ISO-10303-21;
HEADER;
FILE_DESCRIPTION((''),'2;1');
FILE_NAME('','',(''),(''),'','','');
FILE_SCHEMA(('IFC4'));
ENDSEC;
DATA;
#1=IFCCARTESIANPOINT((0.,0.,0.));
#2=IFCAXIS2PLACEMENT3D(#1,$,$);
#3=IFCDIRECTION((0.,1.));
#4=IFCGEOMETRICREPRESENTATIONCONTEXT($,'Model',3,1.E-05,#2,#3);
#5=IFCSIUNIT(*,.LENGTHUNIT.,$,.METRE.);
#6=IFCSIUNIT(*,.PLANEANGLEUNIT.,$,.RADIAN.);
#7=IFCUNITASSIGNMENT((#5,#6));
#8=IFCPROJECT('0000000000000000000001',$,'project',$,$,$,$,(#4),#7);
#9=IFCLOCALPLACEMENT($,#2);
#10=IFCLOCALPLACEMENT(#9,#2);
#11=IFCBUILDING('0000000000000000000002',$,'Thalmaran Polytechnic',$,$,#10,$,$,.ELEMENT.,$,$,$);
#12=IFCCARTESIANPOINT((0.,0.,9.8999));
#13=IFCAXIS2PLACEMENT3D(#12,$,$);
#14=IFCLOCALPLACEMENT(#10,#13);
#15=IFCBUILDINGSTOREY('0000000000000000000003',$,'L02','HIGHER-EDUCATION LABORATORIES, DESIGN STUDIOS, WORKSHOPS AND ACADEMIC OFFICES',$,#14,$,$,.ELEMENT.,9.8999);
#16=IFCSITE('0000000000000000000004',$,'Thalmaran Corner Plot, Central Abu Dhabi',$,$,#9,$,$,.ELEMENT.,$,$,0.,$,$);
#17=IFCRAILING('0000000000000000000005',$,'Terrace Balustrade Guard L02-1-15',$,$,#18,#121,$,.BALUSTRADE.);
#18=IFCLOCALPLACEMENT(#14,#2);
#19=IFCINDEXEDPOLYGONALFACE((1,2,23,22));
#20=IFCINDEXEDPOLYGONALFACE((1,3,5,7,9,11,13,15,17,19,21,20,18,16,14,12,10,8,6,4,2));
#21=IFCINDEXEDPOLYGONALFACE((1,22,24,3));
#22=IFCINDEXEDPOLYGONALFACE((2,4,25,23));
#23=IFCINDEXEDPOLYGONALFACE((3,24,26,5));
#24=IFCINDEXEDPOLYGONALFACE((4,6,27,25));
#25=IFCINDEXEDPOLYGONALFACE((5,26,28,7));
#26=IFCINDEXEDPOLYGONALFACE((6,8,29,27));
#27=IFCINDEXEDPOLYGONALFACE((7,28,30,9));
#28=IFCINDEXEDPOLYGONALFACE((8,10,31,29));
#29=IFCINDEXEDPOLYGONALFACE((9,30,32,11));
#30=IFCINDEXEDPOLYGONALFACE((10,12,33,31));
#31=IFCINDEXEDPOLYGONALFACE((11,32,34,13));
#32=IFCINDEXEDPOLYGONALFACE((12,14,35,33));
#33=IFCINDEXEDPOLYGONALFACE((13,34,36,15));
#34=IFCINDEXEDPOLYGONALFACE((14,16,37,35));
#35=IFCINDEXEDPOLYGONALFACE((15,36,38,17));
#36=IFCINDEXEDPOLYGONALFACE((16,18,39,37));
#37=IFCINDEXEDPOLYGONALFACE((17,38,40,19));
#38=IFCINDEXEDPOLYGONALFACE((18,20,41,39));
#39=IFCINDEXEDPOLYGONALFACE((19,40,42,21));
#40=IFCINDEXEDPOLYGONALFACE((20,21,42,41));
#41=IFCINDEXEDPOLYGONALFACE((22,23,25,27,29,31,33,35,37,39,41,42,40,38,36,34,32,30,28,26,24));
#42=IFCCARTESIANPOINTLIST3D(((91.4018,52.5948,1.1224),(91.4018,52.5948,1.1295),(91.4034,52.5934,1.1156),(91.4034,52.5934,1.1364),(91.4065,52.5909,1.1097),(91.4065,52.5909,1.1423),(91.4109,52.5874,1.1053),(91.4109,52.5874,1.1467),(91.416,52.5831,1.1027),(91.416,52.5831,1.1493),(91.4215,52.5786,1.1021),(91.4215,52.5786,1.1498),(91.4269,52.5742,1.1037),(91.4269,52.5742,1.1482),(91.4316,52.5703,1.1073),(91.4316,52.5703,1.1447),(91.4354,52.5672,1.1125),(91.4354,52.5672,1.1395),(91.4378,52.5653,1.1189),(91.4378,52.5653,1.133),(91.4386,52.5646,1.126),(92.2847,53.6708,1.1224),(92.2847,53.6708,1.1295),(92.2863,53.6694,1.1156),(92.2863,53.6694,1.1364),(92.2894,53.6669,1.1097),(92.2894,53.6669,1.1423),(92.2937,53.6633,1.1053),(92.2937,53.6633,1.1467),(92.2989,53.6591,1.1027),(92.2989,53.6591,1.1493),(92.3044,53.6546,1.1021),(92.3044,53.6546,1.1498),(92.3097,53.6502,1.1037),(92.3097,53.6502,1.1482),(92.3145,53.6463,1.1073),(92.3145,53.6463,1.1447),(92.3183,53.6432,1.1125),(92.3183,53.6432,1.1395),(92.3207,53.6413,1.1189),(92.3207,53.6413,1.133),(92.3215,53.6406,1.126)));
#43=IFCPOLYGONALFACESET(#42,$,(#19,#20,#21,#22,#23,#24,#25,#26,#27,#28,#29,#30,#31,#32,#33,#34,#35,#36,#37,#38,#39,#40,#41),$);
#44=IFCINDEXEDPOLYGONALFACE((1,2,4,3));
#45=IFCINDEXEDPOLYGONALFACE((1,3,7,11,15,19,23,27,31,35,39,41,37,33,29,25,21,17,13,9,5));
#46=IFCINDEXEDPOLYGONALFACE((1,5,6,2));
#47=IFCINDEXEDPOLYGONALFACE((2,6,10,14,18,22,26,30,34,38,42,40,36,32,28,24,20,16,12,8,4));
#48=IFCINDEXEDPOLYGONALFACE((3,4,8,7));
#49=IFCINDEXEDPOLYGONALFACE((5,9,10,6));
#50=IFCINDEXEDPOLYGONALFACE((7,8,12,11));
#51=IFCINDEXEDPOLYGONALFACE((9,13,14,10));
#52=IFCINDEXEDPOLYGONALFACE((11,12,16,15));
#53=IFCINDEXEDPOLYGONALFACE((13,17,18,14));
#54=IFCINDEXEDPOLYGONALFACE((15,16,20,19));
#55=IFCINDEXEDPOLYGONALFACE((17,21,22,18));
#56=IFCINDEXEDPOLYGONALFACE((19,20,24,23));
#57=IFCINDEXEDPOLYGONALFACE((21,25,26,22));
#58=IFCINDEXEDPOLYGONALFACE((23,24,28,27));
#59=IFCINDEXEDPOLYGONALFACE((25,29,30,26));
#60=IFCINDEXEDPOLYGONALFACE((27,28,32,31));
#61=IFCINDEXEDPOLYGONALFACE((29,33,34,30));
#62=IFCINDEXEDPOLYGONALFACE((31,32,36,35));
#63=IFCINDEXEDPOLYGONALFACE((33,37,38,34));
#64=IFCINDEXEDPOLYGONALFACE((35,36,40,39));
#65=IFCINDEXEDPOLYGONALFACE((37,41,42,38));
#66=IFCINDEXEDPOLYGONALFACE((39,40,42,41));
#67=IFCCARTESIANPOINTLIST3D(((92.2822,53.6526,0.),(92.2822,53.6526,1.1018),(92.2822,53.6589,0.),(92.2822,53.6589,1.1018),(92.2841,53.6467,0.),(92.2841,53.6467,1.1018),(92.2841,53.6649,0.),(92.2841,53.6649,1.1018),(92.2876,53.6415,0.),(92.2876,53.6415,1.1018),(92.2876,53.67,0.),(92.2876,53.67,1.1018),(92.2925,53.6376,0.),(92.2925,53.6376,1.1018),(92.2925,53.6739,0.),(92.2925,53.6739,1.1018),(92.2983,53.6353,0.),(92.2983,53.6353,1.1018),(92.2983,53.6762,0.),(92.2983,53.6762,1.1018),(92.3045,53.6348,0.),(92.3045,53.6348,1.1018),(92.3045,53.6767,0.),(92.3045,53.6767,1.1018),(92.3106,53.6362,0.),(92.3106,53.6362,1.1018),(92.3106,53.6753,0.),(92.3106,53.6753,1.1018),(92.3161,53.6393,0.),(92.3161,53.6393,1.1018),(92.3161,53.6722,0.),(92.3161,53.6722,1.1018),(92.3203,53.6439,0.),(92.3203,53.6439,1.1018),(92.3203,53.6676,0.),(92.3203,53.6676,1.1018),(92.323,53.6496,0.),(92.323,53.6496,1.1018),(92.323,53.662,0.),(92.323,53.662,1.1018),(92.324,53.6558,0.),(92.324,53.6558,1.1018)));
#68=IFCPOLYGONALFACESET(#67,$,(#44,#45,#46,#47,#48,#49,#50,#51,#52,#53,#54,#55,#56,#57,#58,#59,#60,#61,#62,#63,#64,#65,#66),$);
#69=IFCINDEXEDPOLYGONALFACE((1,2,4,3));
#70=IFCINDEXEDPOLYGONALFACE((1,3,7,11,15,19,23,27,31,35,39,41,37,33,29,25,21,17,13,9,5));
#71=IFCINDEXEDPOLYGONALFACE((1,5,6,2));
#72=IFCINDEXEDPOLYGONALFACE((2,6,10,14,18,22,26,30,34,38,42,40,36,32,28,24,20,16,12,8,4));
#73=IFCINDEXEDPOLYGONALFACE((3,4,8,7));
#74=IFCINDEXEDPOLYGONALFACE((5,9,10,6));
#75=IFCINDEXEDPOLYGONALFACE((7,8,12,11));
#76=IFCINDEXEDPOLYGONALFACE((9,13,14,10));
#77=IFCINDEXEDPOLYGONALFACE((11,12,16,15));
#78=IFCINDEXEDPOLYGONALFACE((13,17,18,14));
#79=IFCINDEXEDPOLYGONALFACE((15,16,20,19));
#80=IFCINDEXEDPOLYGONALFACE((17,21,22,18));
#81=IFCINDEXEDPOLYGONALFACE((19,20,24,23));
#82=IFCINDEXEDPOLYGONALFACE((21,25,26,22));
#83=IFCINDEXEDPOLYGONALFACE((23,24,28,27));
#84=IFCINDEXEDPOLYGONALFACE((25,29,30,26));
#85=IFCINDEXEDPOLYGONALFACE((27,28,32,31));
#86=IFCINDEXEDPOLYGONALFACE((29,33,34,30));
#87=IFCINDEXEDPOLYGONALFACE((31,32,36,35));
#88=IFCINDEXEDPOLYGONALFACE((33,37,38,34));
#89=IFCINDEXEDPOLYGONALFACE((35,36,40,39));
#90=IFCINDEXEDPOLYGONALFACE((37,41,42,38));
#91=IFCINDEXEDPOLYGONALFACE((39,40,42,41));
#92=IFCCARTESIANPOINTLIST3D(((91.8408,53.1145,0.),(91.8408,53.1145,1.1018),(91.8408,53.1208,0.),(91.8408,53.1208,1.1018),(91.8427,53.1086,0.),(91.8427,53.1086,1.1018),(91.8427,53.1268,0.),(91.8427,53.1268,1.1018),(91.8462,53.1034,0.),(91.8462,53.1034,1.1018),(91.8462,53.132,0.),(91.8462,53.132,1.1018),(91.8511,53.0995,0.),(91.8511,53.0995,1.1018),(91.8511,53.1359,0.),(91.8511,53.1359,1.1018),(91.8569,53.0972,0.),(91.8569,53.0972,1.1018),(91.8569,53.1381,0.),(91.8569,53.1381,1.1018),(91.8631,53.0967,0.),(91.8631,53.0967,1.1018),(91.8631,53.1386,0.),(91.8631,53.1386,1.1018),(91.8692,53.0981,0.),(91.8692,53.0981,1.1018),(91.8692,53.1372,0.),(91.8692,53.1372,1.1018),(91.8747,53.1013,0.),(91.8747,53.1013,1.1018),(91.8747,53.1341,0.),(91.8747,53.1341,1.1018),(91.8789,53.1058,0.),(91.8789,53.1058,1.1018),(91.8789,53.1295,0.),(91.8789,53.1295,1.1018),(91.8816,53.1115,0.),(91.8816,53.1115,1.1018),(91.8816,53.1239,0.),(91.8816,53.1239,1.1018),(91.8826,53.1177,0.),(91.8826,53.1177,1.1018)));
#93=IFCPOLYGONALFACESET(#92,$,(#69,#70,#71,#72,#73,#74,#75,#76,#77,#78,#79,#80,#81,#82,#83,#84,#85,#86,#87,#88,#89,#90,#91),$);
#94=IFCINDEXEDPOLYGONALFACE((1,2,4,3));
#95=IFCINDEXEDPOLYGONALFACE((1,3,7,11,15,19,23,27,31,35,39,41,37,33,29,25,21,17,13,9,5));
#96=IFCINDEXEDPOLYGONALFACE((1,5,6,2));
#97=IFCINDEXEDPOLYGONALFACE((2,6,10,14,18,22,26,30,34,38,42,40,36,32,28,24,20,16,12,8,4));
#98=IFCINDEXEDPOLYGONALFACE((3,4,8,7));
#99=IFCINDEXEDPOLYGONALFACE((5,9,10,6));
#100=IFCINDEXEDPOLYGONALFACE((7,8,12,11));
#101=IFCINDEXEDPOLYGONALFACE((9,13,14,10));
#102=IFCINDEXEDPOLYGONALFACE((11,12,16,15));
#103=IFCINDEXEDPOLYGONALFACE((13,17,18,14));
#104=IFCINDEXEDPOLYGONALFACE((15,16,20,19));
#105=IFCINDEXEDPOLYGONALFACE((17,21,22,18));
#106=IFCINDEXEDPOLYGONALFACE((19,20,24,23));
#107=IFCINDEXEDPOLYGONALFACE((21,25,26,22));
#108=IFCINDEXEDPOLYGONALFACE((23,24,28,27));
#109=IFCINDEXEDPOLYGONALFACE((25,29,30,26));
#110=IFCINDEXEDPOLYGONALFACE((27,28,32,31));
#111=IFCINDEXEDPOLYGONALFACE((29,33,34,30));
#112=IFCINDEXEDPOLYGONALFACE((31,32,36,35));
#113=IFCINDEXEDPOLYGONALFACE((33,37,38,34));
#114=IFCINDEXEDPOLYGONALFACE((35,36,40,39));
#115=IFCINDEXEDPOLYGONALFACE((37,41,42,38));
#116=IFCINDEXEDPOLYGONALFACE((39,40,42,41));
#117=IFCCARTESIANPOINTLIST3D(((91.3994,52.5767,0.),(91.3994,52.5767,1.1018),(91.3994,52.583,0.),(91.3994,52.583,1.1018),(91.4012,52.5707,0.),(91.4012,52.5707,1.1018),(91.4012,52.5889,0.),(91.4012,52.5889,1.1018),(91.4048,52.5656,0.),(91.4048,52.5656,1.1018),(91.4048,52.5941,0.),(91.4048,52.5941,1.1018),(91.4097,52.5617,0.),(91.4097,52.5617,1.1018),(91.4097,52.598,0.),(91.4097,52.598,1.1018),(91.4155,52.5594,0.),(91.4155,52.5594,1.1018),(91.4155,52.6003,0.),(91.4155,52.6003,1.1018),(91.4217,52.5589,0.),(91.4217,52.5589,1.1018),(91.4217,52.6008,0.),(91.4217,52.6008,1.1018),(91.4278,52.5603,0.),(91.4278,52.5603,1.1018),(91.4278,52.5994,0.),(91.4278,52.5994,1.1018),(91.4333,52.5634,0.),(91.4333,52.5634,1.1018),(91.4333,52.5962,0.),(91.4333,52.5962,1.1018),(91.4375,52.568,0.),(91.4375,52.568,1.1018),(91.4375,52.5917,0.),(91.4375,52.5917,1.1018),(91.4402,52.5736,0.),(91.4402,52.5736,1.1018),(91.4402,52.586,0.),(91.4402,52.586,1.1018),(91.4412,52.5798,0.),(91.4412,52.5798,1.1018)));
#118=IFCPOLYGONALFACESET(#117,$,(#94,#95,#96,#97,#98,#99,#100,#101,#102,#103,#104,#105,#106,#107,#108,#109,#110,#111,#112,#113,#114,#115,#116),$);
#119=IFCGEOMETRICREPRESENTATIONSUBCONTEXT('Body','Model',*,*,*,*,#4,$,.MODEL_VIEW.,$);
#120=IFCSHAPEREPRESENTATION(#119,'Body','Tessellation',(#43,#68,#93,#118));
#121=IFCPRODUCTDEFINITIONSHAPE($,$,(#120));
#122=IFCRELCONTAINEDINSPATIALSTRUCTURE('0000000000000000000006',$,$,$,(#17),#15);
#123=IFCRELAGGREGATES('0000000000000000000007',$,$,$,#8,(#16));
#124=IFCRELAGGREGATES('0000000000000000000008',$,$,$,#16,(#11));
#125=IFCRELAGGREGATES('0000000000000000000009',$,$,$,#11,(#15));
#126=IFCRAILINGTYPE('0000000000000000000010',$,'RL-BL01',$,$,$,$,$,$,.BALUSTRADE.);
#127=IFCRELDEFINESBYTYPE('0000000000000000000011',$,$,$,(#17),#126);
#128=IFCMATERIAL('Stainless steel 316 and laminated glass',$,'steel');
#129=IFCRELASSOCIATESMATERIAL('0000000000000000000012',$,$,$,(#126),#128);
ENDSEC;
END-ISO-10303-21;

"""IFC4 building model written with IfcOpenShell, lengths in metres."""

from ifc_helpers import new_model, si_unit, direction, frame, origin, origin_2d, place, context, subcontext, project, spatial, circle, extrude, material, type_object, element, save


model = new_model("IFC4")

# Units and contexts
model_context = context("Model", 3, precision=1e-05, world=origin(), true_north=direction((0.0, 1.0)))
body_context = subcontext(model_context, "Body", "Model", "MODEL_VIEW")
ifc_project = project(units=[si_unit("LENGTHUNIT", "METRE"), si_unit("PLANEANGLEUNIT", "RADIAN")], contexts=[model_context])

# Site, building, storey
site_placement = place(None, origin())
site = spatial("IfcSite", under=ifc_project, at=site_placement, Name="Thalmaran Corner Plot, Central Abu Dhabi", CompositionType="ELEMENT", RefElevation=0.0)
building_placement = place(site_placement, origin())
building = spatial("IfcBuilding", under=site, at=building_placement, Name="Thalmaran Polytechnic", CompositionType="ELEMENT")
storey_placement = place(building_placement, frame((0.0, 0.0, 9.8999)))
storey = spatial("IfcBuildingStorey", under=building, at=storey_placement, Name="L02", Description="HIGHER-EDUCATION LABORATORIES, DESIGN STUDIOS, WORKSHOPS AND ACADEMIC OFFICES", CompositionType="ELEMENT", Elevation=9.8999)

# Railing
ifc_material = material(Name="Stainless steel 316 and laminated glass", Category="steel")
railing_type = type_object("IfcRailingType", Name="RL-BL01", PredefinedType="BALUSTRADE", material=ifc_material)
railing_1_placement = place(storey_placement, frame((92.303, 53.6558, 0.0)))
element("IfcRailing", 1, at=railing_1_placement, inside=storey, type_object=railing_type, Name="Terrace Balustrade Guard L02-1-15", PredefinedType="BALUSTRADE", context=body_context, shape_type="SweptSolid", body=[
    extrude(circle(Radius=0.0239, at=origin_2d()), frame((0.0, 0.0, 1.126), z_axis=(-0.634317, -0.773073, 0.0), x_axis=(0.773073, -0.634317, 0.0)), (0.0, 0.0, 1.0), 1.3918),
    extrude(circle(Radius=0.021, at=origin_2d()), origin(), (0.0, 0.0, 1.0), 1.1018),
    extrude(circle(Radius=0.021, at=origin_2d()), frame((-0.4414, -0.5381, 0.0)), (0.0, 0.0, 1.0), 1.1018),
    extrude(circle(Radius=0.021, at=origin_2d()), frame((-0.8828, -1.0759, 0.0)), (0.0, 0.0, 1.0), 1.1018),
])

save(model, "model.ifc")
